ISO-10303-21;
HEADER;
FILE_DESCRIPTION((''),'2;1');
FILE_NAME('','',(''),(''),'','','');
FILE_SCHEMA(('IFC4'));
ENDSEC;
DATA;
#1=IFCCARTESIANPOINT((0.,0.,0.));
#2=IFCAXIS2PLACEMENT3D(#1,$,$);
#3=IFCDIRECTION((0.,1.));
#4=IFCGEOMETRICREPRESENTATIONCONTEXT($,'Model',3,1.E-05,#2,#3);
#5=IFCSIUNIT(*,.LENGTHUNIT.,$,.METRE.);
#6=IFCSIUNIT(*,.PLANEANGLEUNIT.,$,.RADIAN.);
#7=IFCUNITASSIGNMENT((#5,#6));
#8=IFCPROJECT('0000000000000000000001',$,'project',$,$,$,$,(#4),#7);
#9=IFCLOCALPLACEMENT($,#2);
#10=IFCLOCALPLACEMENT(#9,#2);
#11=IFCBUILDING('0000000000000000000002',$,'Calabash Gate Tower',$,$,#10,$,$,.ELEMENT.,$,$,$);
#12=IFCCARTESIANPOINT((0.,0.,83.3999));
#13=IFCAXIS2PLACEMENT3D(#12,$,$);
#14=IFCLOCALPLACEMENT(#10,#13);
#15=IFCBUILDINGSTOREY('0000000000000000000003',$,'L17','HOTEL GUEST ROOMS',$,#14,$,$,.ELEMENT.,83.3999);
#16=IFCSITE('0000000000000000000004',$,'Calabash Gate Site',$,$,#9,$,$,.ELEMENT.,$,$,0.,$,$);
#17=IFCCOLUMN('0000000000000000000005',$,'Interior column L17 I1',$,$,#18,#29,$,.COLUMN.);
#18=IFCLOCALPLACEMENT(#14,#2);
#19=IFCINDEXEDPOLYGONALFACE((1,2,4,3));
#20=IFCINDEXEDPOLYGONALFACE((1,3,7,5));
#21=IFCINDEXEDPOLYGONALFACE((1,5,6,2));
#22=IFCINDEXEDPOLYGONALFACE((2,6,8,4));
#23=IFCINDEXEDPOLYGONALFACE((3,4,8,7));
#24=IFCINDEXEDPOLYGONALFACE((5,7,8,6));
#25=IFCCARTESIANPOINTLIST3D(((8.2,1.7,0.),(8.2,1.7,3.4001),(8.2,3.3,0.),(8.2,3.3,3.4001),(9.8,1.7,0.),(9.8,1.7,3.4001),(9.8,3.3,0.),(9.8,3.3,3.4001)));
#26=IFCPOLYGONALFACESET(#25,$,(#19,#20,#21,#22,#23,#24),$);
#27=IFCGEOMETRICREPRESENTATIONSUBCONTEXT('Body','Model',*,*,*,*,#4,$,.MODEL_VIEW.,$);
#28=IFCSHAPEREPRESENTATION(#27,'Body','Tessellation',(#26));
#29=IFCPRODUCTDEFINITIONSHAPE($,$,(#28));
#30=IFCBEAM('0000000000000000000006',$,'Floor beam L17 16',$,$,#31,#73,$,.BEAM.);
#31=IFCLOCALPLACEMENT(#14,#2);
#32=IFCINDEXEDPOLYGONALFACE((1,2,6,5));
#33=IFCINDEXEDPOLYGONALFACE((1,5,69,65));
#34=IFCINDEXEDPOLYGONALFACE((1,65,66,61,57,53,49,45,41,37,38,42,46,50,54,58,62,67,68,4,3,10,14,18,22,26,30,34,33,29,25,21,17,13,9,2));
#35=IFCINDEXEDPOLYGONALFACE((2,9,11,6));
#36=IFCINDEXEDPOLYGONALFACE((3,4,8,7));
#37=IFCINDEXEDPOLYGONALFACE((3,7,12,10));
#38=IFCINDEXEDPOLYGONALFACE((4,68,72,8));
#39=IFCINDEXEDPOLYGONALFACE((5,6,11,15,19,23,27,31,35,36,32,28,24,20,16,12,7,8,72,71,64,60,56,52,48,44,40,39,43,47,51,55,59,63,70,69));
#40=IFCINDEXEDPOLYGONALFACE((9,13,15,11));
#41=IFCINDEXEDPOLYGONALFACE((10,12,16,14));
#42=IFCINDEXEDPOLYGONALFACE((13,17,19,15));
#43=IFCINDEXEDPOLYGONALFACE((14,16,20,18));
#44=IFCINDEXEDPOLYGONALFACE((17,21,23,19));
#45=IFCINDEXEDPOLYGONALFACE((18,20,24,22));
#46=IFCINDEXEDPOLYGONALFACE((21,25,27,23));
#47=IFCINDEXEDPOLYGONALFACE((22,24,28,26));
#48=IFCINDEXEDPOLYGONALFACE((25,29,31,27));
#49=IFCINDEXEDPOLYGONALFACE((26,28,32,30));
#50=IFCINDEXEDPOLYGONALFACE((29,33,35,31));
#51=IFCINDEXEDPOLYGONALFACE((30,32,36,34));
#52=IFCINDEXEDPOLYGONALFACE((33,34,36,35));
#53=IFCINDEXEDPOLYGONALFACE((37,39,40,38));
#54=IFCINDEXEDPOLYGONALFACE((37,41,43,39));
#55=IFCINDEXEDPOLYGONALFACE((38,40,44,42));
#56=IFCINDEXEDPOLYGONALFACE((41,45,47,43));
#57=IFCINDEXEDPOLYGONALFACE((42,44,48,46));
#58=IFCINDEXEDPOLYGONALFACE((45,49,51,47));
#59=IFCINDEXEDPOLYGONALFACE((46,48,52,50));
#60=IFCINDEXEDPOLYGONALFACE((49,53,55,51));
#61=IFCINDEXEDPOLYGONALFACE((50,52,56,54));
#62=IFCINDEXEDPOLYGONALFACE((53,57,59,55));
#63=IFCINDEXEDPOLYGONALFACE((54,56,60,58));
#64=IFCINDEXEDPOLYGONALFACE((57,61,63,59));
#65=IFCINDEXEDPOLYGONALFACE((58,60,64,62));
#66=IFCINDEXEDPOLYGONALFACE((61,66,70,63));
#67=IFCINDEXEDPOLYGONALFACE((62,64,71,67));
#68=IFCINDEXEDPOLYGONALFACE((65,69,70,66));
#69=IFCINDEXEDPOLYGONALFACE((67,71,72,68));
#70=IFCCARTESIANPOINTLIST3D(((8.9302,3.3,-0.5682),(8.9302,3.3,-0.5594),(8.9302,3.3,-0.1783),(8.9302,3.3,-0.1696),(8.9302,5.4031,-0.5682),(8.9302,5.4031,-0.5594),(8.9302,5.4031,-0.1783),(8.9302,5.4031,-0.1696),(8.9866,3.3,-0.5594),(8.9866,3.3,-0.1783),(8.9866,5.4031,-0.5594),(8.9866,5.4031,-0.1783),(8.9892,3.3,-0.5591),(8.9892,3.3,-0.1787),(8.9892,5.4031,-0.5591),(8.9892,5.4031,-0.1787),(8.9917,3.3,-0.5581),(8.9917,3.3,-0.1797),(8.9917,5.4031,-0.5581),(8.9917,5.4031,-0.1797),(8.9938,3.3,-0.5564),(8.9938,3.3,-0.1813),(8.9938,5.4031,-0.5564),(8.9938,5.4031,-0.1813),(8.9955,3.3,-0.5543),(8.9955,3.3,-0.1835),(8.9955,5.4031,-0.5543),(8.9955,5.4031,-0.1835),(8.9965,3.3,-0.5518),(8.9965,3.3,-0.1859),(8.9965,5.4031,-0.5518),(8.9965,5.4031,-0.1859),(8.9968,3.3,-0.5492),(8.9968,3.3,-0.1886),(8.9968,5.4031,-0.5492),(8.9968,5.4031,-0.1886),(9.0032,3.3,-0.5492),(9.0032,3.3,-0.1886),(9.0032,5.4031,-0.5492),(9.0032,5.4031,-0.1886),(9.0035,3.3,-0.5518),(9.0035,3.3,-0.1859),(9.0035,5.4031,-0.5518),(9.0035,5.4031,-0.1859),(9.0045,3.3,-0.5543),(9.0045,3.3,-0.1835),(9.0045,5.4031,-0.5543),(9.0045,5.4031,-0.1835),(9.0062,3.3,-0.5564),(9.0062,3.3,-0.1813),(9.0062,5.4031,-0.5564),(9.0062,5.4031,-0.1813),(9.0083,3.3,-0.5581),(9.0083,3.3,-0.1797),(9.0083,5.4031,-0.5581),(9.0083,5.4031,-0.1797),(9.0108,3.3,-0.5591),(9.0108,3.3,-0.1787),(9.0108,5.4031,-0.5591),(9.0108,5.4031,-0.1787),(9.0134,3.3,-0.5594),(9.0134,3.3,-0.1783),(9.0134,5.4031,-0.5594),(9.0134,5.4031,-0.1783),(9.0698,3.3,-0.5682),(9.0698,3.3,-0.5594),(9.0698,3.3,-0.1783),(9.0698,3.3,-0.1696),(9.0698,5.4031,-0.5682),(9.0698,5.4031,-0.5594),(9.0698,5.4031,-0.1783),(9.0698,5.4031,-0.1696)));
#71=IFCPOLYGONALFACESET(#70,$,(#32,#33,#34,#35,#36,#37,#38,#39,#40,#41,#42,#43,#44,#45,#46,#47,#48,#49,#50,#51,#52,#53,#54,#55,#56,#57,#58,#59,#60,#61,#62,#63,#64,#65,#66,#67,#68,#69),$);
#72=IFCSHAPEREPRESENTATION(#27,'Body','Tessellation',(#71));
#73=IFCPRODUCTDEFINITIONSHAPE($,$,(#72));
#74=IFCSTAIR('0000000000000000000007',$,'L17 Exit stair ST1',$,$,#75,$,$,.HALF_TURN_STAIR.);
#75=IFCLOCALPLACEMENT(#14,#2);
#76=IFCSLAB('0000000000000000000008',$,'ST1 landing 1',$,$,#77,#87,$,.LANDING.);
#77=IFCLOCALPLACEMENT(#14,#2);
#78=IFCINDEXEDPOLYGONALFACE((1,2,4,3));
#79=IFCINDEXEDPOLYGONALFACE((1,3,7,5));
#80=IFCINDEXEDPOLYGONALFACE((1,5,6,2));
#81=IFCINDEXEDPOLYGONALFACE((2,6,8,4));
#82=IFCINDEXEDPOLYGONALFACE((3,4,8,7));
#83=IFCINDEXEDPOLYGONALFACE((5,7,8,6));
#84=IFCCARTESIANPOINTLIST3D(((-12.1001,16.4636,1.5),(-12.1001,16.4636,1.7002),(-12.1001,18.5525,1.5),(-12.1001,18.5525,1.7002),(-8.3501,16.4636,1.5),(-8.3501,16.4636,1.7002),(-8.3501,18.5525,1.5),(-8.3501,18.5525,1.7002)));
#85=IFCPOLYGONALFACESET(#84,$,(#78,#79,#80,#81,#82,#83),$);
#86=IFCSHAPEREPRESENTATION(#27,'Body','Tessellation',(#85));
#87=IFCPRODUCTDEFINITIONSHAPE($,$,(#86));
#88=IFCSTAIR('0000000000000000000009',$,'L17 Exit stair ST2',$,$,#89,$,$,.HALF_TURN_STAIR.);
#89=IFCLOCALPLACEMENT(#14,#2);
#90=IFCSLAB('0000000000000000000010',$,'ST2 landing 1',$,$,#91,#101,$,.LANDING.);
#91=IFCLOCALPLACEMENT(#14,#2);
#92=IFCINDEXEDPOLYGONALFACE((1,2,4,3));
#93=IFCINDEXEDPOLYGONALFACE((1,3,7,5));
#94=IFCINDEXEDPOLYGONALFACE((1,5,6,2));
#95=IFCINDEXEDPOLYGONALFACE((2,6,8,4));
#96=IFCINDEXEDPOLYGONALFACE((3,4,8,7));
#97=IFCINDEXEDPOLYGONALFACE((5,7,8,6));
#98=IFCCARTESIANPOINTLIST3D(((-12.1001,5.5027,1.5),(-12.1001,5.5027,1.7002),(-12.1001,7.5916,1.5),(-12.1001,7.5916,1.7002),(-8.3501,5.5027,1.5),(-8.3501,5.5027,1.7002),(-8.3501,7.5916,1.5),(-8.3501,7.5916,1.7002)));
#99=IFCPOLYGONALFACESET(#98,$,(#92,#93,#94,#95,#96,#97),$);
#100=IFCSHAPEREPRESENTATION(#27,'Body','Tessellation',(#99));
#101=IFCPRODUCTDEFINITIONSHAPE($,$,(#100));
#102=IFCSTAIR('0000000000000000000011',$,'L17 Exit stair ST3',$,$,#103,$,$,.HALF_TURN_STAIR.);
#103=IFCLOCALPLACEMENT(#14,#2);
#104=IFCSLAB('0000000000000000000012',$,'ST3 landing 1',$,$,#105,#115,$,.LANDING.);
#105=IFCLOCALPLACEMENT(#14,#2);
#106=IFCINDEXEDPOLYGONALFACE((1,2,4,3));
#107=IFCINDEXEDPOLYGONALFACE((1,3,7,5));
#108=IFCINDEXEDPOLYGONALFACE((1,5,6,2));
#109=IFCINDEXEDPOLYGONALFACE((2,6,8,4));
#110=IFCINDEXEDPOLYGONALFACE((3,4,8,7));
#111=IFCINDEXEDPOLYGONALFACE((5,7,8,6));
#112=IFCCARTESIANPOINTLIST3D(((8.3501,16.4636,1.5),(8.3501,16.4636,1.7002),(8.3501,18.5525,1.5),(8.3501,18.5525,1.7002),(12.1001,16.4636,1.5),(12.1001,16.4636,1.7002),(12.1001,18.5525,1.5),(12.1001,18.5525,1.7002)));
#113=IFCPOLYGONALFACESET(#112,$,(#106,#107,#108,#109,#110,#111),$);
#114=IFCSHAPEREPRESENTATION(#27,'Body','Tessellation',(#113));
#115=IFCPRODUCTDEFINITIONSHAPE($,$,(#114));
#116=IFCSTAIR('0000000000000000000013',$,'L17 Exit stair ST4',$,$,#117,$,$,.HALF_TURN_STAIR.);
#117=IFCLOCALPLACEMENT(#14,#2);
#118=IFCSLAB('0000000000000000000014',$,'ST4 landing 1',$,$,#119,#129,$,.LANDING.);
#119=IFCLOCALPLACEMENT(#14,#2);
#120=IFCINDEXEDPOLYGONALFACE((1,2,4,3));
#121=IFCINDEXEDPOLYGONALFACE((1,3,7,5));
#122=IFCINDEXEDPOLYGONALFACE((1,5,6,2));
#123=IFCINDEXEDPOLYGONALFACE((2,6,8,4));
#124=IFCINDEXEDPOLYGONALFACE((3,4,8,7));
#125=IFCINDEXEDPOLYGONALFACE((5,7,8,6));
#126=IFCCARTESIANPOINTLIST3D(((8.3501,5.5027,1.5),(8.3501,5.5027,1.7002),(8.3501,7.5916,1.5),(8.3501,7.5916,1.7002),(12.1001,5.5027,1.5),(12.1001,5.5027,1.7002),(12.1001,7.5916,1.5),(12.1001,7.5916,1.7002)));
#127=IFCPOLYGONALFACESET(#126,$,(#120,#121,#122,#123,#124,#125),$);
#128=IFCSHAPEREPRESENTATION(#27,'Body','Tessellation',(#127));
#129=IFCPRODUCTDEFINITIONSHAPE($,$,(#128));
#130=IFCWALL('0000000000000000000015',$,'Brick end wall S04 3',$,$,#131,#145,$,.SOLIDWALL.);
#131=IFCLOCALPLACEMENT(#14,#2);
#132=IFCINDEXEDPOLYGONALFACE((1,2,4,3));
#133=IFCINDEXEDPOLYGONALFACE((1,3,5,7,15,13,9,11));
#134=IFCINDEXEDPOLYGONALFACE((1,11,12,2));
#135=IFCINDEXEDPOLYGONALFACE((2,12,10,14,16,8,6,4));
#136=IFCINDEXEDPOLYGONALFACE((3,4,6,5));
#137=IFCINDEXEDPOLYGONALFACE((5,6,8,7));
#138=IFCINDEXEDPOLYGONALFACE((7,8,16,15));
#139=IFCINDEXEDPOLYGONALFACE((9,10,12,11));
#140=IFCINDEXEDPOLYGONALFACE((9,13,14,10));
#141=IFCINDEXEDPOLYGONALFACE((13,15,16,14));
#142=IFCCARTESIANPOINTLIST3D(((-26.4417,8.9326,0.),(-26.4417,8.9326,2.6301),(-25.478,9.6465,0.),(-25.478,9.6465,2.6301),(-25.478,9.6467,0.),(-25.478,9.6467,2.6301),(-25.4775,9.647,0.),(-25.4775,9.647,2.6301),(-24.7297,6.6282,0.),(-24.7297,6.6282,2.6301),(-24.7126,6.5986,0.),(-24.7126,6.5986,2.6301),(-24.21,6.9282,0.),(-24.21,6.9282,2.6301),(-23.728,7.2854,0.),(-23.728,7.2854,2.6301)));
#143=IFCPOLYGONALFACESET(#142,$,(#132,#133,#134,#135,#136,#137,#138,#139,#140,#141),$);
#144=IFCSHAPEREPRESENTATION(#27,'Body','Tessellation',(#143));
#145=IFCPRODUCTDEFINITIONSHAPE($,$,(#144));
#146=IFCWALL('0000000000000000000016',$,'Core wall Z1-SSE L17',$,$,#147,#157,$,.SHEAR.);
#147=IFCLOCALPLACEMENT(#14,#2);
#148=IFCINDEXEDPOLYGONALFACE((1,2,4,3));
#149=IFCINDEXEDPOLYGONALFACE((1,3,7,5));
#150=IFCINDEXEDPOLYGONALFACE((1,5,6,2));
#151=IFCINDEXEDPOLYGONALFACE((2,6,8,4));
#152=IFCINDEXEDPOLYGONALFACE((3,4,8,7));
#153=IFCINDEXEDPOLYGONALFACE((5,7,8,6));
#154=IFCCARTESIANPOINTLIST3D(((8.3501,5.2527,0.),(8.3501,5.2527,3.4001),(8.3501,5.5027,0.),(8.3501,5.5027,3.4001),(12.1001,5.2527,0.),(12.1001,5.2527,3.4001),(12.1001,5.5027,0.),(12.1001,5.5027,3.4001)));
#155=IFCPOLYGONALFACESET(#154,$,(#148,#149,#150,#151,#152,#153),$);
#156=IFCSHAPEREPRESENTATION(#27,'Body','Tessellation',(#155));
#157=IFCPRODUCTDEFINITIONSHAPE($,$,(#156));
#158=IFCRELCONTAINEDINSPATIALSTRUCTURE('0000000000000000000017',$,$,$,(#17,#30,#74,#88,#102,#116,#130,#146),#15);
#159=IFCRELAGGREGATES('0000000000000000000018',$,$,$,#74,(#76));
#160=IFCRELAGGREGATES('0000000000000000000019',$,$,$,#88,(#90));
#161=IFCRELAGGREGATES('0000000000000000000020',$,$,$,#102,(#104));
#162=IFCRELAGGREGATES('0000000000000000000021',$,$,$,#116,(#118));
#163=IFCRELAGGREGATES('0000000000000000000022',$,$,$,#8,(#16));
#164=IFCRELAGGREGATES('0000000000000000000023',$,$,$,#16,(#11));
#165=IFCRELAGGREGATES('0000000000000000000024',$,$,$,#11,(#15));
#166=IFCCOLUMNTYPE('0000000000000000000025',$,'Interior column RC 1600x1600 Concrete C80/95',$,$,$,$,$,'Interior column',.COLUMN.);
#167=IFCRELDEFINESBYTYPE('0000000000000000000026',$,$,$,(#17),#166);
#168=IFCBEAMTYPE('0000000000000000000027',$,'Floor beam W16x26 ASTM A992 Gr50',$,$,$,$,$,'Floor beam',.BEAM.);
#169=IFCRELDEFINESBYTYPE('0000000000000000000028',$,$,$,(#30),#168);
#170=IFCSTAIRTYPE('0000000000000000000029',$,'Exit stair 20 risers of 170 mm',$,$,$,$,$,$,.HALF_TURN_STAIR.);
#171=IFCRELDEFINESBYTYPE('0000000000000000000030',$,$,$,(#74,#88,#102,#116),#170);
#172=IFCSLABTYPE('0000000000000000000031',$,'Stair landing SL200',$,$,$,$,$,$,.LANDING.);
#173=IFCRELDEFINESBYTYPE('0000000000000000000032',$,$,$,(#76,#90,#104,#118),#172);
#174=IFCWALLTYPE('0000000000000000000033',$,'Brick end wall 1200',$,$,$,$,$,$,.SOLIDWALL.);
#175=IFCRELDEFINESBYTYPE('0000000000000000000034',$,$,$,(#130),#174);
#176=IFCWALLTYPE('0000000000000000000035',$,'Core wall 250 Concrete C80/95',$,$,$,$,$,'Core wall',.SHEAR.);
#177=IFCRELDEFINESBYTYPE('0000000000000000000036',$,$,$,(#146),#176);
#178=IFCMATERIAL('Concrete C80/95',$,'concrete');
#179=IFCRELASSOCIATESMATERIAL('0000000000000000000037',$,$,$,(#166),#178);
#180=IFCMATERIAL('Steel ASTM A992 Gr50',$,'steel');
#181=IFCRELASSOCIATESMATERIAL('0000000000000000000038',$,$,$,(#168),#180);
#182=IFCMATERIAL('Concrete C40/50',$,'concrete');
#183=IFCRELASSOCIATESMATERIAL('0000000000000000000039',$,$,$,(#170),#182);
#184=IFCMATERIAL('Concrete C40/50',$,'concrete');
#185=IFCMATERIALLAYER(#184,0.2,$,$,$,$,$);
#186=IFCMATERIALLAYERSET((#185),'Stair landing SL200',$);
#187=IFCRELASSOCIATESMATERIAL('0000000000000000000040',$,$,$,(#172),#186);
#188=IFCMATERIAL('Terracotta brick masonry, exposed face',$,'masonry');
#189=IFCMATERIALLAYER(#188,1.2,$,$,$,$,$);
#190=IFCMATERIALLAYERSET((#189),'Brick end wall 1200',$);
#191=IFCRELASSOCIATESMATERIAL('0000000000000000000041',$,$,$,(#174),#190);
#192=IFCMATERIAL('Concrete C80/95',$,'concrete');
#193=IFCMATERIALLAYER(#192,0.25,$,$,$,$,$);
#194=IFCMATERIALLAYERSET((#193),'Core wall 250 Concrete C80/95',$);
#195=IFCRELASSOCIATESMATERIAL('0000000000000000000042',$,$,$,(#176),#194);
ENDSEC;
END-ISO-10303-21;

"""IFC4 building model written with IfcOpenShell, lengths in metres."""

from ifc_helpers import new_model, si_unit, direction, frame, frame_2d, origin, origin_2d, place, context, subcontext, project, spatial, polyline, rectangle, i_section, outline, extrude, material, layer, layer_set, material_profile, profile_set, type_object, element, aggregate, save


model = new_model("IFC4")

# Units and contexts
model_context = context("Model", 3, precision=1e-05, world=origin(), true_north=direction((0.0, 1.0)))
body_context = subcontext(model_context, "Body", "Model", "MODEL_VIEW")
ifc_project = project(units=[si_unit("LENGTHUNIT", "METRE"), si_unit("PLANEANGLEUNIT", "RADIAN")], contexts=[model_context])

# Site, building, storey
site_placement = place(None, origin())
site = spatial("IfcSite", under=ifc_project, at=site_placement, Name="Calabash Gate Site", CompositionType="ELEMENT", RefElevation=0.0)
building_placement = place(site_placement, origin())
building = spatial("IfcBuilding", under=site, at=building_placement, Name="Calabash Gate Tower", CompositionType="ELEMENT")
storey_placement = place(building_placement, frame((0.0, 0.0, 83.3999)))
storey = spatial("IfcBuildingStorey", under=building, at=storey_placement, Name="L17", Description="HOTEL GUEST ROOMS", CompositionType="ELEMENT", Elevation=83.3999)

# Column
ifc_material_1 = material(Name="Concrete C80/95", Category="concrete")
ifc_material_profile_1 = material_profile(ifc_material_1, rectangle(XDim=1.6001, YDim=1.6001, at=origin_2d()))
ifc_profile_set_1 = profile_set([ifc_material_profile_1], Name="Concrete C80/95")
column_type = type_object("IfcColumnType", Name="Interior column RC 1600x1600 Concrete C80/95", ElementType="Interior column", PredefinedType="COLUMN", material=ifc_profile_set_1)
column_placement = place(storey_placement, frame((9.0, 2.5, 0.0), z_axis=(0.0, 0.0, 1.0), x_axis=(1.0, 0.0, 0.0)))
element("IfcColumn", 1, at=column_placement, inside=storey, type_object=column_type, Name="Interior column L17 I1", PredefinedType="COLUMN", context=body_context, shape_type="SweptSolid", body=[
    extrude(rectangle(XDim=1.6001, YDim=1.6001, at=origin_2d()), origin(), (0.0, 0.0, 1.0), 3.4001),
])

# Beam
ifc_material_2 = material(Name="Steel ASTM A992 Gr50", Category="steel")
ifc_material_profile_2 = material_profile(ifc_material_2, i_section(OverallWidth=0.1396, OverallDepth=0.3987, WebThickness=0.0063, FlangeThickness=0.0088, FilletRadius=0.0103, at=origin_2d()))
ifc_profile_set_2 = profile_set([ifc_material_profile_2], Name="Steel ASTM A992 Gr50")
beam_type = type_object("IfcBeamType", Name="Floor beam W16x26 ASTM A992 Gr50", ElementType="Floor beam", PredefinedType="BEAM", material=ifc_profile_set_2)
beam_placement = place(storey_placement, frame((9.0, 3.3, -0.3689), z_axis=(0.0, 1.0, 0.0), x_axis=(-1.0, 0.0, 0.0)))
element("IfcBeam", 2, at=beam_placement, inside=storey, type_object=beam_type, Name="Floor beam L17 16", PredefinedType="BEAM", context=body_context, shape_type="SweptSolid", body=[
    extrude(i_section(OverallWidth=0.1396, OverallDepth=0.3987, WebThickness=0.0063, FlangeThickness=0.0088, FilletRadius=0.0103, at=origin_2d()), origin(), (0.0, 0.0, 1.0), 2.103),
])

# Stairs, slabs
ifc_material_3 = material(Name="Concrete C40/50", Category="concrete")
stair_type = type_object("IfcStairType", Name="Exit stair 20 risers of 170 mm", PredefinedType="HALF_TURN_STAIR", material=ifc_material_3)
stair_1_placement = place(storey_placement, origin())
stair_1 = element("IfcStair", 3, at=stair_1_placement, inside=storey, type_object=stair_type, Name="L17 Exit stair ST1", PredefinedType="HALF_TURN_STAIR")
ifc_material_4 = material(Name="Concrete C40/50", Category="concrete")
ifc_layer_1 = layer(ifc_material_4, 0.2)
ifc_layer_set_1 = layer_set([ifc_layer_1], Name="Stair landing SL200")
slab_type = type_object("IfcSlabType", Name="Stair landing SL200", PredefinedType="LANDING", material=ifc_layer_set_1)
slab_1_placement = place(storey_placement, frame((0.0, 0.0, 1.5)))
slab_1 = element("IfcSlab", 4, at=slab_1_placement, type_object=slab_type, Name="ST1 landing 1", PredefinedType="LANDING", context=body_context, shape_type="SweptSolid", body=[
    extrude(outline(polyline([(-8.3501, 16.4636), (-8.3501, 18.5525), (-12.1001, 18.5525), (-12.1001, 16.4636), (-8.3501, 16.4636)])), origin(), (0.0, 0.0, 1.0), 0.2002),
])
aggregate(stair_1, [slab_1])
stair_2_placement = place(storey_placement, origin())
stair_2 = element("IfcStair", 5, at=stair_2_placement, inside=storey, type_object=stair_type, Name="L17 Exit stair ST2", PredefinedType="HALF_TURN_STAIR")
slab_2_placement = place(storey_placement, frame((0.0, 0.0, 1.5)))
slab_2 = element("IfcSlab", 6, at=slab_2_placement, type_object=slab_type, Name="ST2 landing 1", PredefinedType="LANDING", context=body_context, shape_type="SweptSolid", body=[
    extrude(outline(polyline([(-12.1001, 7.5916), (-12.1001, 5.5027), (-8.3501, 5.5027), (-8.3501, 7.5916), (-12.1001, 7.5916)])), origin(), (0.0, 0.0, 1.0), 0.2002),
])
aggregate(stair_2, [slab_2])
stair_3_placement = place(storey_placement, origin())
stair_3 = element("IfcStair", 7, at=stair_3_placement, inside=storey, type_object=stair_type, Name="L17 Exit stair ST3", PredefinedType="HALF_TURN_STAIR")
slab_3_placement = place(storey_placement, frame((0.0, 0.0, 1.5)))
slab_3 = element("IfcSlab", 8, at=slab_3_placement, type_object=slab_type, Name="ST3 landing 1", PredefinedType="LANDING", context=body_context, shape_type="SweptSolid", body=[
    extrude(outline(polyline([(12.1001, 16.4636), (12.1001, 18.5525), (8.3501, 18.5525), (8.3501, 16.4636), (12.1001, 16.4636)])), origin(), (0.0, 0.0, 1.0), 0.2002),
])
aggregate(stair_3, [slab_3])
stair_4_placement = place(storey_placement, origin())
stair_4 = element("IfcStair", 9, at=stair_4_placement, inside=storey, type_object=stair_type, Name="L17 Exit stair ST4", PredefinedType="HALF_TURN_STAIR")
slab_4_placement = place(storey_placement, frame((0.0, 0.0, 1.5)))
slab_4 = element("IfcSlab", 10, at=slab_4_placement, type_object=slab_type, Name="ST4 landing 1", PredefinedType="LANDING", context=body_context, shape_type="SweptSolid", body=[
    extrude(outline(polyline([(8.3501, 7.5916), (8.3501, 5.5027), (12.1001, 5.5027), (12.1001, 7.5916), (8.3501, 7.5916)])), origin(), (0.0, 0.0, 1.0), 0.2002),
])
aggregate(stair_4, [slab_4])

# Walls
ifc_material_5 = material(Name="Terracotta brick masonry, exposed face", Category="masonry")
ifc_layer_2 = layer(ifc_material_5, 1.2)
ifc_layer_set_2 = layer_set([ifc_layer_2], Name="Brick end wall 1200")
wall_type_1 = type_object("IfcWallType", Name="Brick end wall 1200", PredefinedType="SOLIDWALL", material=ifc_layer_set_2)
wall_1_placement = place(storey_placement, origin())
element("IfcWall", 11, at=wall_1_placement, inside=storey, type_object=wall_type_1, Name="Brick end wall S04 3", PredefinedType="SOLIDWALL", context=body_context, shape_type="SweptSolid", body=[
    extrude(outline(polyline([(-23.728, 7.2854), (-25.4775, 9.647), (-25.478, 9.6467), (-25.478, 9.6465), (-26.4417, 8.9326), (-24.7126, 6.5986), (-24.7297, 6.6282), (-24.21, 6.9282), (-23.728, 7.2854)])), origin(), (0.0, 0.0, 1.0), 2.6301),
])
ifc_material_6 = material(Name="Concrete C80/95", Category="concrete")
ifc_layer_3 = layer(ifc_material_6, 0.25)
ifc_layer_set_3 = layer_set([ifc_layer_3], Name="Core wall 250 Concrete C80/95")
wall_type_2 = type_object("IfcWallType", Name="Core wall 250 Concrete C80/95", ElementType="Core wall", PredefinedType="SHEAR", material=ifc_layer_set_3)
wall_2_placement = place(storey_placement, frame((8.3501, 5.3777, 0.0), z_axis=(0.0, 0.0, 1.0), x_axis=(1.0, 0.0, 0.0)))
element("IfcWall", 12, at=wall_2_placement, inside=storey, type_object=wall_type_2, Name="Core wall Z1-SSE L17", PredefinedType="SHEAR", context=body_context, shape_type="SweptSolid", body=[
    extrude(rectangle(XDim=3.75, YDim=0.25, at=frame_2d((1.875, 0.0))), origin(), (0.0, 0.0, 1.0), 3.4001),
])

save(model, "model.ifc")
